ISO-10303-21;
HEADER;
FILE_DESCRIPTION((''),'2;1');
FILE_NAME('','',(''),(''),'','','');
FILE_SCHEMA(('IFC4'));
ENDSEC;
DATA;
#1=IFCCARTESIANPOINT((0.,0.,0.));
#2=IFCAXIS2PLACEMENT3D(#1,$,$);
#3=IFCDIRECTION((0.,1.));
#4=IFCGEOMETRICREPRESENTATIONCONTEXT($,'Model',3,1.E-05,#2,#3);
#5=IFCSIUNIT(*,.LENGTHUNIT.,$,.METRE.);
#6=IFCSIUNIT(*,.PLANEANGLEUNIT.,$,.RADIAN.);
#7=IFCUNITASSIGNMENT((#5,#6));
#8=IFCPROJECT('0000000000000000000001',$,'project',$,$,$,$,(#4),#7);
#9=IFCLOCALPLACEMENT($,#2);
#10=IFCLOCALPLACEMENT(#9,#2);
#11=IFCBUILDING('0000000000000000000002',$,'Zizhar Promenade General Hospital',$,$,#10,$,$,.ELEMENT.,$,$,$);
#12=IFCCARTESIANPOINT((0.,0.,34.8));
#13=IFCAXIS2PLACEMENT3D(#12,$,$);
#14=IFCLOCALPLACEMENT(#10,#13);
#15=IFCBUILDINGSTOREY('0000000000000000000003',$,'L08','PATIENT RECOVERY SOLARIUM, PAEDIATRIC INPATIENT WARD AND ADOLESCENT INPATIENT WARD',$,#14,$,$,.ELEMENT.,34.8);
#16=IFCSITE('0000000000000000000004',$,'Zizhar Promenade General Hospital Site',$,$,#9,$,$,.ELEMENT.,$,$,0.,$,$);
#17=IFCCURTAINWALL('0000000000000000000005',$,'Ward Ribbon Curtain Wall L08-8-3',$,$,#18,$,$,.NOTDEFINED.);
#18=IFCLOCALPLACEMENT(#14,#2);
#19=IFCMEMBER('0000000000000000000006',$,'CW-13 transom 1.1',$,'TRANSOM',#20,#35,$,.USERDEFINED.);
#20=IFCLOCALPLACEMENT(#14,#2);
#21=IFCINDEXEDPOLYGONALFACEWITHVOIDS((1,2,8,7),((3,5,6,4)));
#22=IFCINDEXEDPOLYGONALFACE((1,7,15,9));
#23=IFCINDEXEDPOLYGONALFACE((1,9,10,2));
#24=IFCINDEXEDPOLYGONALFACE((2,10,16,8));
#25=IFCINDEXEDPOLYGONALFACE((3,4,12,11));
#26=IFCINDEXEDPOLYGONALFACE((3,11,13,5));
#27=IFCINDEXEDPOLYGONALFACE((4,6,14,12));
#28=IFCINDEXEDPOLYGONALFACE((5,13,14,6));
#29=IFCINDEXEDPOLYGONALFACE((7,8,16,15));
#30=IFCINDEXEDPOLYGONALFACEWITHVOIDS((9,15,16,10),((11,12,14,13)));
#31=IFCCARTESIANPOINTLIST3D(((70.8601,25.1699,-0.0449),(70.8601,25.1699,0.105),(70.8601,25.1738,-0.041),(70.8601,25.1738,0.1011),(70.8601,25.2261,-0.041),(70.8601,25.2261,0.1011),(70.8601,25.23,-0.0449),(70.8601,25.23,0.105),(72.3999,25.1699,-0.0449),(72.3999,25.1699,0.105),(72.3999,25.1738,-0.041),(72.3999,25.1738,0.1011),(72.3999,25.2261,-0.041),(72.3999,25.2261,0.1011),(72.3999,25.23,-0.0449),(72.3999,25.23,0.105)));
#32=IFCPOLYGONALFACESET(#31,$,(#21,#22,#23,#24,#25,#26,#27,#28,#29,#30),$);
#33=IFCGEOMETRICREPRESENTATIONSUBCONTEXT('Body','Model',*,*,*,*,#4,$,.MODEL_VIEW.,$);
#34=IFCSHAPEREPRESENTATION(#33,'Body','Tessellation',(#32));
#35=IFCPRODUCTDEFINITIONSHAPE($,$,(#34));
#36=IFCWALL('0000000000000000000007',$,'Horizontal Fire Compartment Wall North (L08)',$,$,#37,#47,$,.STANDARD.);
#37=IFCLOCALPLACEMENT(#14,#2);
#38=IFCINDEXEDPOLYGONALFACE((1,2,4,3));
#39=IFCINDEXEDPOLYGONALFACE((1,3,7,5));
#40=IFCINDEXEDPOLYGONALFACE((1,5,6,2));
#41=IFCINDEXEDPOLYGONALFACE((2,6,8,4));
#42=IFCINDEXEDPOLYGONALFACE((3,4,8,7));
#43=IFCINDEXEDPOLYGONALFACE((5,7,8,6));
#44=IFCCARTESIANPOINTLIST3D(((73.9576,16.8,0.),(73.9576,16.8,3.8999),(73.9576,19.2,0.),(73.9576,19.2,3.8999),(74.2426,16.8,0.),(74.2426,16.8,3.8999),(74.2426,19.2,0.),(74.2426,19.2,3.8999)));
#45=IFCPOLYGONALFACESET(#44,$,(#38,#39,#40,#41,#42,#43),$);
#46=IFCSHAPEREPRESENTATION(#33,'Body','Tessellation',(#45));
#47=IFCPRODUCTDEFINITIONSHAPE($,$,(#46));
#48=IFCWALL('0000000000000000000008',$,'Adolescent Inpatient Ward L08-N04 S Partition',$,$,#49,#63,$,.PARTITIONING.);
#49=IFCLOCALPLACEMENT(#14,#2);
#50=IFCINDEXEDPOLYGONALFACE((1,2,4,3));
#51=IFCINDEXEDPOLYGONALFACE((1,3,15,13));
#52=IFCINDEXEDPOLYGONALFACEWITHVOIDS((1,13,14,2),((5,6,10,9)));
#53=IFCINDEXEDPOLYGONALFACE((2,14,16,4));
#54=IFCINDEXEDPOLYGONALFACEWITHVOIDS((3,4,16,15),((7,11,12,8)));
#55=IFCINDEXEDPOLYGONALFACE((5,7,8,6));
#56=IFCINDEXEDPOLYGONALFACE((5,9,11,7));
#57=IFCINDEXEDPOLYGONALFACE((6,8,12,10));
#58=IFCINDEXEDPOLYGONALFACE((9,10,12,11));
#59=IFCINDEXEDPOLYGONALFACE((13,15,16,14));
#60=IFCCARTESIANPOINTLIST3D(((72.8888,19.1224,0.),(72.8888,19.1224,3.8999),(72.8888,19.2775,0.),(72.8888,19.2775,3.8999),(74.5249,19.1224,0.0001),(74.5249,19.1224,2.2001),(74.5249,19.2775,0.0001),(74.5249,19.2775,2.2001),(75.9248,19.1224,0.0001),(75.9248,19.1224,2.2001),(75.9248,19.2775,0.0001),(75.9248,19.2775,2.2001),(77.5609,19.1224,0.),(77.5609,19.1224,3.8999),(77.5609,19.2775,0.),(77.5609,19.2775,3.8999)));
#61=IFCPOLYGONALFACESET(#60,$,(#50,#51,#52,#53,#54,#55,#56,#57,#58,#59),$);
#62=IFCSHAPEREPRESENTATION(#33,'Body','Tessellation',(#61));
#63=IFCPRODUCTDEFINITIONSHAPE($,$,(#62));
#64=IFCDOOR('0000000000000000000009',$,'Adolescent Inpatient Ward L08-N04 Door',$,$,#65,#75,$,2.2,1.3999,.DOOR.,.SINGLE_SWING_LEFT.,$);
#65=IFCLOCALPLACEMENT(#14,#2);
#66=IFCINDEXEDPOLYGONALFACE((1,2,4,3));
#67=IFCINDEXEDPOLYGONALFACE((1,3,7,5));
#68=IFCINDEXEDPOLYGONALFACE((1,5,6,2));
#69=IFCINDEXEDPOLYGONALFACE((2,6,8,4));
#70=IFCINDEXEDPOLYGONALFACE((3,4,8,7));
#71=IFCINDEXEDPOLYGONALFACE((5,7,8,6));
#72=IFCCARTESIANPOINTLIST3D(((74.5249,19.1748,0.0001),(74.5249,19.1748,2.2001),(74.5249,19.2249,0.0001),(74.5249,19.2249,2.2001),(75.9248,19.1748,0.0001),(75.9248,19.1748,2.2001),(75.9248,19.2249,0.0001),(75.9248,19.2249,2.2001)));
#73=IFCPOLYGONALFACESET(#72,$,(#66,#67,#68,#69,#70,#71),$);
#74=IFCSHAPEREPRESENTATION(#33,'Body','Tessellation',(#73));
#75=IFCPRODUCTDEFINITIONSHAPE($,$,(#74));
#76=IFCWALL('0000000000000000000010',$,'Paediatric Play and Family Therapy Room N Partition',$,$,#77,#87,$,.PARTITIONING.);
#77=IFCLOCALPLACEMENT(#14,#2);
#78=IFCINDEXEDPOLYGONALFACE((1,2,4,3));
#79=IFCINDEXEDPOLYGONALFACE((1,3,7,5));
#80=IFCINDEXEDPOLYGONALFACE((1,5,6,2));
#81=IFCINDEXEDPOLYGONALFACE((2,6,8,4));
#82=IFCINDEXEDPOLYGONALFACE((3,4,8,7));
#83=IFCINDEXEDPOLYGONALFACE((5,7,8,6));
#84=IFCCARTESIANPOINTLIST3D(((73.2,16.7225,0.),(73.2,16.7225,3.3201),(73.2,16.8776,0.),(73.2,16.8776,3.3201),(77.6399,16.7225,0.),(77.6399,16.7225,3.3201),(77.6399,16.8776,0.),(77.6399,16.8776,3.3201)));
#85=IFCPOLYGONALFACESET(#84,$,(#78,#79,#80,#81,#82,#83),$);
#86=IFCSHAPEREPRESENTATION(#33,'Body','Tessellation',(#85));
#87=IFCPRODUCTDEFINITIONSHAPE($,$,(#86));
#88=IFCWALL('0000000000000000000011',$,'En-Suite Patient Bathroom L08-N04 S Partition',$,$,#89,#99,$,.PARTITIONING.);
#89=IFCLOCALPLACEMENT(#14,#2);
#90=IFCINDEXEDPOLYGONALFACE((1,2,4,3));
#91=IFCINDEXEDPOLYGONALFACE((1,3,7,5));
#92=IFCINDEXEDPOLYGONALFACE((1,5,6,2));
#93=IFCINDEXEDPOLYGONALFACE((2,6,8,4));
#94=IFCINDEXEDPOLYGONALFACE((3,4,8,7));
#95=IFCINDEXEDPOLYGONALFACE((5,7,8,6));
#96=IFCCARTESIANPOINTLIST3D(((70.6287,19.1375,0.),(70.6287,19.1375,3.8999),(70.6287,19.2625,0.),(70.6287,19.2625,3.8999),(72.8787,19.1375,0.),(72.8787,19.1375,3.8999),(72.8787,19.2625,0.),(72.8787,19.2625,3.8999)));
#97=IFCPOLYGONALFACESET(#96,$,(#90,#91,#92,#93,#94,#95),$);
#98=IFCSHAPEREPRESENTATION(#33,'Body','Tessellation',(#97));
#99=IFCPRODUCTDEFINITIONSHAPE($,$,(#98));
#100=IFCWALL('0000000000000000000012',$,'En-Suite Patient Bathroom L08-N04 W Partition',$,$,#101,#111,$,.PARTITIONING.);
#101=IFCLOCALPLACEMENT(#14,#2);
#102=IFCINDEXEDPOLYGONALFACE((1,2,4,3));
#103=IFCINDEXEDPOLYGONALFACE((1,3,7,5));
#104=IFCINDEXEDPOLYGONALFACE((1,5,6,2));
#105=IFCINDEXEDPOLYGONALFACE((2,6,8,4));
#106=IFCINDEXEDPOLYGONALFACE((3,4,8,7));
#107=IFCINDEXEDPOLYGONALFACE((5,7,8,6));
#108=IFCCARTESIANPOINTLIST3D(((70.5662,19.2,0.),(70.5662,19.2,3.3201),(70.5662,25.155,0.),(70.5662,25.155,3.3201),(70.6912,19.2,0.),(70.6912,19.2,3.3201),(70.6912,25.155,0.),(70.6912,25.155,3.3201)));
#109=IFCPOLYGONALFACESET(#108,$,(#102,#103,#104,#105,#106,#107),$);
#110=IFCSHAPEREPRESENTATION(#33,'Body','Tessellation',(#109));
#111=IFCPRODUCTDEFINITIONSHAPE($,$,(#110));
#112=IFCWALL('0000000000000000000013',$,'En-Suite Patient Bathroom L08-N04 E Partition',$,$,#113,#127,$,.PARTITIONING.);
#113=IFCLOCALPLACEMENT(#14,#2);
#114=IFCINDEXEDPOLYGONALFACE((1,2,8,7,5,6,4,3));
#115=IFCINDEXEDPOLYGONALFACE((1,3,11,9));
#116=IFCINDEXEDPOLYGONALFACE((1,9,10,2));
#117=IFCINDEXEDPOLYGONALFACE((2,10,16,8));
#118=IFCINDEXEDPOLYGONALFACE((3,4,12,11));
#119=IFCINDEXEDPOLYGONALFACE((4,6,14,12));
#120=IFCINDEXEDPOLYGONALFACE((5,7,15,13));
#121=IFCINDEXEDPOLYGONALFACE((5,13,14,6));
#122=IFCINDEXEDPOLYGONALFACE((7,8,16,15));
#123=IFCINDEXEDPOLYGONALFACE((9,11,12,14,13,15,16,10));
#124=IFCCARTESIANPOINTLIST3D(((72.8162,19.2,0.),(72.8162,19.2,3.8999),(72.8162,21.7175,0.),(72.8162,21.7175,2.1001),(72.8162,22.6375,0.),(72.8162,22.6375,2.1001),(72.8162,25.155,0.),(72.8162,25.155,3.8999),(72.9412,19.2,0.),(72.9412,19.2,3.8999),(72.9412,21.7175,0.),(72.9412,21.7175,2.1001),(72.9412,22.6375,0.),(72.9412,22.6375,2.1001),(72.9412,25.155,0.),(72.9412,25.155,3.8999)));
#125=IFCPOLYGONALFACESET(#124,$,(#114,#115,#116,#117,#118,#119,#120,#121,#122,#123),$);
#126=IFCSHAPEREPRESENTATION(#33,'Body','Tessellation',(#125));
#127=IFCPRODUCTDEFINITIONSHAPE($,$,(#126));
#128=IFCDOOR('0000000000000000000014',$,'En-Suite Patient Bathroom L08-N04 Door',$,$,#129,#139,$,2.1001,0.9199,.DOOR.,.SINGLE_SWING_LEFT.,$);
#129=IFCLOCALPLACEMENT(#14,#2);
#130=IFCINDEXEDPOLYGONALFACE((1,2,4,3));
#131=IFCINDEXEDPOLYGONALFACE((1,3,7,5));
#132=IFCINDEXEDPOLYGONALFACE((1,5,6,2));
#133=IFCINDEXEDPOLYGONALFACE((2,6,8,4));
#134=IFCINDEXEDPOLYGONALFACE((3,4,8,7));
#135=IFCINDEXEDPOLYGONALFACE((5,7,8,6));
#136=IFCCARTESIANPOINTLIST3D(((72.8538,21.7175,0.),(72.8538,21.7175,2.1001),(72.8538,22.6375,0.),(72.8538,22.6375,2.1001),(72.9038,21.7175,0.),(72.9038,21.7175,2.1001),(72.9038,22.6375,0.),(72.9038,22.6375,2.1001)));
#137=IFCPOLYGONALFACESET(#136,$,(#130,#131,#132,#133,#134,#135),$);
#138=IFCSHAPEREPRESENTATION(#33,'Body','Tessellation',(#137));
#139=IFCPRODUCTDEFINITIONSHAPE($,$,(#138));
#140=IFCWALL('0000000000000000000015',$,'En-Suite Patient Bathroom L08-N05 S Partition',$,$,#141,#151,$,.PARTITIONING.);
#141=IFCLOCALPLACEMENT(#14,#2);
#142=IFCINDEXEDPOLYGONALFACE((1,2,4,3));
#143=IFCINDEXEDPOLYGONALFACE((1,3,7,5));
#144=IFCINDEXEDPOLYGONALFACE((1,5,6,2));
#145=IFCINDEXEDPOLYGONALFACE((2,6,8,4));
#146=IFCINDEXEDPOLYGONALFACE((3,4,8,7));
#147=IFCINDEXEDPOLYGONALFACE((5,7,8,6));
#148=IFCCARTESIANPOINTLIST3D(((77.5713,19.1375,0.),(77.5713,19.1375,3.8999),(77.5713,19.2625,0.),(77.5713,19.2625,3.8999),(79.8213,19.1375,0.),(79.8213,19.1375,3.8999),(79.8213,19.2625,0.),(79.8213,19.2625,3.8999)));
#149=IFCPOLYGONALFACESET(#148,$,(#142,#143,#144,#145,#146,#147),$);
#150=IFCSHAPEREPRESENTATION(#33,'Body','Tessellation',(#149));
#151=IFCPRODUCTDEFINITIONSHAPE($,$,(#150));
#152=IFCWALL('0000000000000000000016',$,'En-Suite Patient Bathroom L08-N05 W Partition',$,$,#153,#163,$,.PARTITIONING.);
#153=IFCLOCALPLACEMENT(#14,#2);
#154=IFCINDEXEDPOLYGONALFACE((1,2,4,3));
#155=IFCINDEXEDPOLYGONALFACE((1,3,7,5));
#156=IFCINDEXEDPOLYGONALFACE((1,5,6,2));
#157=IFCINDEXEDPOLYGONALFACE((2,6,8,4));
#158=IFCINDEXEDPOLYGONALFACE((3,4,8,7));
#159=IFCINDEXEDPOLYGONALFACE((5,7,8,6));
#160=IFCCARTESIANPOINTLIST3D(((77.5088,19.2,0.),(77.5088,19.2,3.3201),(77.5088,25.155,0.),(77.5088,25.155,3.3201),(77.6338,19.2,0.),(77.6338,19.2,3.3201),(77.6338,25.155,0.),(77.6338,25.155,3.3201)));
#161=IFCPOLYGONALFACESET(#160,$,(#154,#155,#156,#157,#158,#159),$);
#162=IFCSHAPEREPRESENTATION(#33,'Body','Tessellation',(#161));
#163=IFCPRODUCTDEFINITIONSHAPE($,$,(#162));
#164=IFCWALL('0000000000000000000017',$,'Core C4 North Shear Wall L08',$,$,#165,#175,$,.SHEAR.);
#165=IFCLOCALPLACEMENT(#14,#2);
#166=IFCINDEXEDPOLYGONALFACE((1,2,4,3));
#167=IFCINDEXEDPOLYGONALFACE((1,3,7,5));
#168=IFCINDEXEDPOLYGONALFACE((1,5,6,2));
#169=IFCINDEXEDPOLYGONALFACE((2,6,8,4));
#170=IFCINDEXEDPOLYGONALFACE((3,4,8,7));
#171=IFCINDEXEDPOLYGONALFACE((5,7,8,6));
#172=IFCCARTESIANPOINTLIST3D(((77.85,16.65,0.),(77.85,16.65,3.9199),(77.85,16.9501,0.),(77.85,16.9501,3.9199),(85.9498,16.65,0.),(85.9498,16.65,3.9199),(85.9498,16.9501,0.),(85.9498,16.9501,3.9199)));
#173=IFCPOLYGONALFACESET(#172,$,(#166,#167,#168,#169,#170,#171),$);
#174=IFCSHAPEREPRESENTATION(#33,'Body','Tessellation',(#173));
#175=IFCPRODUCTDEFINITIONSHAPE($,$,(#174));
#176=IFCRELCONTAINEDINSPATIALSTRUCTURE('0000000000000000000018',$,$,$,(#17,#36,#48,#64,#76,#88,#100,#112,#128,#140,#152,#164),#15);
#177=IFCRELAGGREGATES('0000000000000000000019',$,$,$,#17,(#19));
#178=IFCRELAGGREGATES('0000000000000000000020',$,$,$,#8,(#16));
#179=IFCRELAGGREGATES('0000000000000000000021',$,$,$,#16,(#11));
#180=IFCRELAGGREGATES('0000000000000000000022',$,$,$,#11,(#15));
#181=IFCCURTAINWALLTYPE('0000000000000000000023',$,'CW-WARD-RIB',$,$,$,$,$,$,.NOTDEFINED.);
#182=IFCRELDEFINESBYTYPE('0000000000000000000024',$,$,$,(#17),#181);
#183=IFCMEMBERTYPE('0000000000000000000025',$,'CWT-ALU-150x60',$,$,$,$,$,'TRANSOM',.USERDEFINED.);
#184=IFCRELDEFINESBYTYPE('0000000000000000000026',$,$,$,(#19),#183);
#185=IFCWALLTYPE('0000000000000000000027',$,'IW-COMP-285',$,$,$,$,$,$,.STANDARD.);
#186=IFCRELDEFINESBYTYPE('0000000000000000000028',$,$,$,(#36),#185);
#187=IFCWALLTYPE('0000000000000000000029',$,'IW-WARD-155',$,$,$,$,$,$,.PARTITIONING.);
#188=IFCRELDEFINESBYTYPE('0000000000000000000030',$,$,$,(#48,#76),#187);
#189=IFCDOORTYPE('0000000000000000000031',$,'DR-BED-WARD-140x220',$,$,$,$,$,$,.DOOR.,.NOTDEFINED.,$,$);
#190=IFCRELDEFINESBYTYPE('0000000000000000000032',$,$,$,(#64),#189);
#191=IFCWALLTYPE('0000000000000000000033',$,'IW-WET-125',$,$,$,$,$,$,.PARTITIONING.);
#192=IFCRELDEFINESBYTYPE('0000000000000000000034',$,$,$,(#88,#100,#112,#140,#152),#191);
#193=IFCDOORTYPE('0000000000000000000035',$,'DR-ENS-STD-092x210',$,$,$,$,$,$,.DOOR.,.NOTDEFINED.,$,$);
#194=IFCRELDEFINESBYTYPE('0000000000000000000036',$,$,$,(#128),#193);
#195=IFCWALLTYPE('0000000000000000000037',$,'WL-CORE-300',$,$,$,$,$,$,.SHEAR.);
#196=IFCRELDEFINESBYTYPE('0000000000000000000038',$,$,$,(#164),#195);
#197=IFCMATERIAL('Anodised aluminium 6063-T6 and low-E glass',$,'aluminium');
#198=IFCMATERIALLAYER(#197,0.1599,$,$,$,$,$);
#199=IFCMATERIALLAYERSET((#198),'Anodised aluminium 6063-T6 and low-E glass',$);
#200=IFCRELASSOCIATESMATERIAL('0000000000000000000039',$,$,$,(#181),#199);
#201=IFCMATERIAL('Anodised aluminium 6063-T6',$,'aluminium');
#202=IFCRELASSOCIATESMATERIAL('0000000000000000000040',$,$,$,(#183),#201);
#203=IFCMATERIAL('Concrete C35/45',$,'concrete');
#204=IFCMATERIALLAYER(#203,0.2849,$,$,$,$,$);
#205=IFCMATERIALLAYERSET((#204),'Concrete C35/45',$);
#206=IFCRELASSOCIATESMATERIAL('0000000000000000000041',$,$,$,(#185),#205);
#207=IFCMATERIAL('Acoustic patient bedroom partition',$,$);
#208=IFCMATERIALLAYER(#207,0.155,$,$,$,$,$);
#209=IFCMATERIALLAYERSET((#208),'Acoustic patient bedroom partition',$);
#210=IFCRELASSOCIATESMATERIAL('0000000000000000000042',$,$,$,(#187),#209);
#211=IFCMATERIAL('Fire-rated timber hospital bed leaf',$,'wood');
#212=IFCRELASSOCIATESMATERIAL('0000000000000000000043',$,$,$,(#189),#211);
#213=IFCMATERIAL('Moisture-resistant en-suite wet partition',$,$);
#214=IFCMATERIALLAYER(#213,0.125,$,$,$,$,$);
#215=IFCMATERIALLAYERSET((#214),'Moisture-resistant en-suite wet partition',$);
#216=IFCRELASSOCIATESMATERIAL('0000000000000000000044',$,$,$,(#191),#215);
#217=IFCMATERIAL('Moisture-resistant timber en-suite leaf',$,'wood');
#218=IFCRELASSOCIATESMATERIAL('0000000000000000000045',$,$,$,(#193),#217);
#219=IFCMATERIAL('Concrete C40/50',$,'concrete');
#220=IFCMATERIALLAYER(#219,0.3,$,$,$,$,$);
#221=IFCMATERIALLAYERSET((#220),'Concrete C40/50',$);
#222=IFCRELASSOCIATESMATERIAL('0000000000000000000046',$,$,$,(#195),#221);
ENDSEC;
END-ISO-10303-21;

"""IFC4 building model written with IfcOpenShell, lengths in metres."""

from ifc_helpers import new_model, si_unit, direction, frame, frame_2d, origin, origin_2d, place, context, subcontext, project, spatial, rectangle, hollow_rectangle, extrude, material, layer, layer_set, material_profile, profile_set, type_object, element, fill, aggregate, save


model = new_model("IFC4")

# Units and contexts
model_context = context("Model", 3, precision=1e-05, world=origin(), true_north=direction((0.0, 1.0)))
body_context = subcontext(model_context, "Body", "Model", "MODEL_VIEW")
ifc_project = project(units=[si_unit("LENGTHUNIT", "METRE"), si_unit("PLANEANGLEUNIT", "RADIAN")], contexts=[model_context])

# Site, building, storey
site_placement = place(None, origin())
site = spatial("IfcSite", under=ifc_project, at=site_placement, Name="Zizhar Promenade General Hospital Site", CompositionType="ELEMENT", RefElevation=0.0)
building_placement = place(site_placement, origin())
building = spatial("IfcBuilding", under=site, at=building_placement, Name="Zizhar Promenade General Hospital", CompositionType="ELEMENT")
storey_placement = place(building_placement, frame((0.0, 0.0, 34.8)))
storey = spatial("IfcBuildingStorey", under=building, at=storey_placement, Name="L08", Description="PATIENT RECOVERY SOLARIUM, PAEDIATRIC INPATIENT WARD AND ADOLESCENT INPATIENT WARD", CompositionType="ELEMENT", Elevation=34.8)

# Shared definitions
ifc_material_1 = material(Name="Anodised aluminium 6063-T6 and low-E glass", Category="aluminium")
ifc_layer_1 = layer(ifc_material_1, 0.1599)
ifc_layer_set_1 = layer_set([ifc_layer_1], Name="Anodised aluminium 6063-T6 and low-E glass")
curtain_wall_type = type_object("IfcCurtainWallType", Name="CW-WARD-RIB", PredefinedType="NOTDEFINED", material=ifc_layer_set_1)

# Curtain wall, member
curtain_wall_1_placement = place(storey_placement, origin())
curtain_wall_1 = element("IfcCurtainWall", 1, at=curtain_wall_1_placement, inside=storey, type_object=curtain_wall_type, Name="Ward Ribbon Curtain Wall L08-8-3", PredefinedType="NOTDEFINED")
ifc_material_2 = material(Name="Anodised aluminium 6063-T6", Category="aluminium")
ifc_material_profile_1 = material_profile(ifc_material_2, hollow_rectangle(XDim=0.0601, YDim=0.1499, WallThickness=0.0039, at=origin_2d()))
ifc_profile_set_1 = profile_set([ifc_material_profile_1], Name="Anodised aluminium 6063-T6")
member_type_1 = type_object("IfcMemberType", Name="CWT-ALU-150x60", ElementType="TRANSOM", PredefinedType="USERDEFINED", material=ifc_profile_set_1)
member_1_placement = place(storey_placement, frame((70.8601, 25.2, 0.03), z_axis=(1.0, 0.0, 0.0), x_axis=(0.0, 1.0, 0.0)))
member_1 = element("IfcMember", 2, at=member_1_placement, type_object=member_type_1, Name="CW-13 transom 1.1", ObjectType="TRANSOM", PredefinedType="USERDEFINED", context=body_context, shape_type="SweptSolid", body=[
    extrude(hollow_rectangle(XDim=0.0601, YDim=0.1499, WallThickness=0.0039, at=origin_2d()), origin(), (0.0, 0.0, 1.0), 1.5398),
])
aggregate(curtain_wall_1, [member_1])

# Wall
ifc_material_3 = material(Name="Concrete C35/45", Category="concrete")
ifc_layer_2 = layer(ifc_material_3, 0.2849)
ifc_layer_set_2 = layer_set([ifc_layer_2], Name="Concrete C35/45")
wall_type_1 = type_object("IfcWallType", Name="IW-COMP-285", PredefinedType="STANDARD", material=ifc_layer_set_2)
wall_1_placement = place(storey_placement, frame((74.1001, 16.8, 0.0), z_axis=(0.0, 0.0, 1.0), x_axis=(0.0, 1.0, 0.0)))
element("IfcWall", 3, at=wall_1_placement, inside=storey, type_object=wall_type_1, Name="Horizontal Fire Compartment Wall North (L08)", PredefinedType="STANDARD", context=body_context, shape_type="SweptSolid", body=[
    extrude(rectangle(XDim=2.3999, YDim=0.2849, at=frame_2d((1.2, 0.0))), origin(), (0.0, 0.0, 1.0), 3.8999),
])

# Wall, opening, door
ifc_material_4 = material(Name="Acoustic patient bedroom partition")
ifc_layer_3 = layer(ifc_material_4, 0.155)
ifc_layer_set_3 = layer_set([ifc_layer_3], Name="Acoustic patient bedroom partition")
wall_type_2 = type_object("IfcWallType", Name="IW-WARD-155", PredefinedType="PARTITIONING", material=ifc_layer_set_3)
wall_2_placement = place(storey_placement, frame((72.8889, 19.2, 0.0), z_axis=(0.0, 0.0, 1.0), x_axis=(1.0, 0.0, 0.0)))
wall_2 = element("IfcWall", 4, at=wall_2_placement, inside=storey, type_object=wall_type_2, Name="Adolescent Inpatient Ward L08-N04 S Partition", PredefinedType="PARTITIONING", context=body_context, shape_type="SweptSolid", body=[
    extrude(rectangle(XDim=4.6721, YDim=0.155, at=frame_2d((2.3359, 0.0))), origin(), (0.0, 0.0, 1.0), 3.8999),
])
opening_1_placement = place(wall_2_placement, frame((1.636, 0.0, 0.0)))
opening_1 = element("IfcOpeningElement", 5, at=opening_1_placement, cuts=wall_2, PredefinedType="OPENING", context=body_context, shape_type="SweptSolid", body=[
    extrude(rectangle(XDim=1.3999, YDim=2.2, at=frame_2d((0.7, 1.1001))), frame((0.0, 0.0874, 0.0), z_axis=(0.0, -1.0, 0.0), x_axis=(1.0, 0.0, 0.0)), (0.0, 0.0, 1.0), 0.175),
])
ifc_material_5 = material(Name="Fire-rated timber hospital bed leaf", Category="wood")
door_type_1 = type_object("IfcDoorType", Name="DR-BED-WARD-140x220", OperationType="NOTDEFINED", PredefinedType="DOOR", material=ifc_material_5)
door_1_placement = place(opening_1_placement, origin())
door_1 = element("IfcDoor", 6, at=door_1_placement, inside=storey, type_object=door_type_1, Name="Adolescent Inpatient Ward L08-N04 Door", OperationType="SINGLE_SWING_LEFT", OverallHeight=2.2, OverallWidth=1.3999, PredefinedType="DOOR", context=body_context, shape_type="SweptSolid", body=[
    extrude(rectangle(XDim=1.3999, YDim=2.2, at=frame_2d((0.7, 1.1001))), frame((0.0, 0.0249, 0.0), z_axis=(0.0, -1.0, 0.0), x_axis=(1.0, 0.0, 0.0)), (0.0, 0.0, 1.0), 0.05),
])
fill(opening_1, door_1)

# Walls
wall_3_placement = place(storey_placement, frame((73.2, 16.8, 0.0), z_axis=(0.0, 0.0, 1.0), x_axis=(1.0, 0.0, 0.0)))
element("IfcWall", 7, at=wall_3_placement, inside=storey, type_object=wall_type_2, Name="Paediatric Play and Family Therapy Room N Partition", PredefinedType="PARTITIONING", context=body_context, shape_type="SweptSolid", body=[
    extrude(rectangle(XDim=4.4399, YDim=0.155, at=frame_2d((2.22, 0.0))), origin(), (0.0, 0.0, 1.0), 3.3201),
])
ifc_material_6 = material(Name="Moisture-resistant en-suite wet partition")
ifc_layer_4 = layer(ifc_material_6, 0.125)
ifc_layer_set_4 = layer_set([ifc_layer_4], Name="Moisture-resistant en-suite wet partition")
wall_type_3 = type_object("IfcWallType", Name="IW-WET-125", PredefinedType="PARTITIONING", material=ifc_layer_set_4)
wall_4_placement = place(storey_placement, frame((70.6287, 19.2, 0.0), z_axis=(0.0, 0.0, 1.0), x_axis=(1.0, 0.0, 0.0)))
element("IfcWall", 8, at=wall_4_placement, inside=storey, type_object=wall_type_3, Name="En-Suite Patient Bathroom L08-N04 S Partition", PredefinedType="PARTITIONING", context=body_context, shape_type="SweptSolid", body=[
    extrude(rectangle(XDim=2.25, YDim=0.125, at=frame_2d((1.125, 0.0))), origin(), (0.0, 0.0, 1.0), 3.8999),
])
wall_5_placement = place(storey_placement, frame((70.6287, 19.2, 0.0), z_axis=(0.0, 0.0, 1.0), x_axis=(0.0, 1.0, 0.0)))
element("IfcWall", 9, at=wall_5_placement, inside=storey, type_object=wall_type_3, Name="En-Suite Patient Bathroom L08-N04 W Partition", PredefinedType="PARTITIONING", context=body_context, shape_type="SweptSolid", body=[
    extrude(rectangle(XDim=5.9551, YDim=0.125, at=frame_2d((2.9775, 0.0))), origin(), (0.0, 0.0, 1.0), 3.3201),
])

# Wall, opening, door
wall_6_placement = place(storey_placement, frame((72.8787, 19.2, 0.0), z_axis=(0.0, 0.0, 1.0), x_axis=(0.0, 1.0, 0.0)))
wall_6 = element("IfcWall", 10, at=wall_6_placement, inside=storey, type_object=wall_type_3, Name="En-Suite Patient Bathroom L08-N04 E Partition", PredefinedType="PARTITIONING", context=body_context, shape_type="SweptSolid", body=[
    extrude(rectangle(XDim=5.9551, YDim=0.125, at=frame_2d((2.9775, 0.0))), origin(), (0.0, 0.0, 1.0), 3.8999),
])
opening_2_placement = place(wall_6_placement, frame((2.5176, 0.0, 0.0)))
opening_2 = element("IfcOpeningElement", 11, at=opening_2_placement, cuts=wall_6, PredefinedType="OPENING", context=body_context, shape_type="SweptSolid", body=[
    extrude(rectangle(XDim=0.9199, YDim=2.1001, at=frame_2d((0.46, 1.05))), frame((0.0, 0.0725, 0.0), z_axis=(0.0, -1.0, 0.0), x_axis=(1.0, 0.0, 0.0)), (0.0, 0.0, 1.0), 0.145),
])
ifc_material_7 = material(Name="Moisture-resistant timber en-suite leaf", Category="wood")
door_type_2 = type_object("IfcDoorType", Name="DR-ENS-STD-092x210", OperationType="NOTDEFINED", PredefinedType="DOOR", material=ifc_material_7)
door_2_placement = place(opening_2_placement, origin())
door_2 = element("IfcDoor", 12, at=door_2_placement, inside=storey, type_object=door_type_2, Name="En-Suite Patient Bathroom L08-N04 Door", OperationType="SINGLE_SWING_LEFT", OverallHeight=2.1001, OverallWidth=0.9199, PredefinedType="DOOR", context=body_context, shape_type="SweptSolid", body=[
    extrude(rectangle(XDim=0.9199, YDim=2.1001, at=frame_2d((0.46, 1.05))), frame((0.0, 0.0249, 0.0), z_axis=(0.0, -1.0, 0.0), x_axis=(1.0, 0.0, 0.0)), (0.0, 0.0, 1.0), 0.05),
])
fill(opening_2, door_2)

# Walls
wall_7_placement = place(storey_placement, frame((77.5713, 19.2, 0.0), z_axis=(0.0, 0.0, 1.0), x_axis=(1.0, 0.0, 0.0)))
element("IfcWall", 13, at=wall_7_placement, inside=storey, type_object=wall_type_3, Name="En-Suite Patient Bathroom L08-N05 S Partition", PredefinedType="PARTITIONING", context=body_context, shape_type="SweptSolid", body=[
    extrude(rectangle(XDim=2.25, YDim=0.125, at=frame_2d((1.125, 0.0))), origin(), (0.0, 0.0, 1.0), 3.8999),
])
wall_8_placement = place(storey_placement, frame((77.5713, 19.2, 0.0), z_axis=(0.0, 0.0, 1.0), x_axis=(0.0, 1.0, 0.0)))
element("IfcWall", 14, at=wall_8_placement, inside=storey, type_object=wall_type_3, Name="En-Suite Patient Bathroom L08-N05 W Partition", PredefinedType="PARTITIONING", context=body_context, shape_type="SweptSolid", body=[
    extrude(rectangle(XDim=5.9551, YDim=0.125, at=frame_2d((2.9775, 0.0))), origin(), (0.0, 0.0, 1.0), 3.3201),
])
ifc_material_8 = material(Name="Concrete C40/50", Category="concrete")
ifc_layer_5 = layer(ifc_material_8, 0.3)
ifc_layer_set_5 = layer_set([ifc_layer_5], Name="Concrete C40/50")
wall_type_4 = type_object("IfcWallType", Name="WL-CORE-300", PredefinedType="SHEAR", material=ifc_layer_set_5)
wall_9_placement = place(storey_placement, frame((77.8501, 16.8, 0.0), z_axis=(0.0, 0.0, 1.0), x_axis=(1.0, 0.0, 0.0)))
element("IfcWall", 15, at=wall_9_placement, inside=storey, type_object=wall_type_4, Name="Core C4 North Shear Wall L08", PredefinedType="SHEAR", context=body_context, shape_type="SweptSolid", body=[
    extrude(rectangle(XDim=8.0999, YDim=0.3, at=frame_2d((4.0498, 0.0))), origin(), (0.0, 0.0, 1.0), 3.9199),
])

save(model, "model.ifc")
